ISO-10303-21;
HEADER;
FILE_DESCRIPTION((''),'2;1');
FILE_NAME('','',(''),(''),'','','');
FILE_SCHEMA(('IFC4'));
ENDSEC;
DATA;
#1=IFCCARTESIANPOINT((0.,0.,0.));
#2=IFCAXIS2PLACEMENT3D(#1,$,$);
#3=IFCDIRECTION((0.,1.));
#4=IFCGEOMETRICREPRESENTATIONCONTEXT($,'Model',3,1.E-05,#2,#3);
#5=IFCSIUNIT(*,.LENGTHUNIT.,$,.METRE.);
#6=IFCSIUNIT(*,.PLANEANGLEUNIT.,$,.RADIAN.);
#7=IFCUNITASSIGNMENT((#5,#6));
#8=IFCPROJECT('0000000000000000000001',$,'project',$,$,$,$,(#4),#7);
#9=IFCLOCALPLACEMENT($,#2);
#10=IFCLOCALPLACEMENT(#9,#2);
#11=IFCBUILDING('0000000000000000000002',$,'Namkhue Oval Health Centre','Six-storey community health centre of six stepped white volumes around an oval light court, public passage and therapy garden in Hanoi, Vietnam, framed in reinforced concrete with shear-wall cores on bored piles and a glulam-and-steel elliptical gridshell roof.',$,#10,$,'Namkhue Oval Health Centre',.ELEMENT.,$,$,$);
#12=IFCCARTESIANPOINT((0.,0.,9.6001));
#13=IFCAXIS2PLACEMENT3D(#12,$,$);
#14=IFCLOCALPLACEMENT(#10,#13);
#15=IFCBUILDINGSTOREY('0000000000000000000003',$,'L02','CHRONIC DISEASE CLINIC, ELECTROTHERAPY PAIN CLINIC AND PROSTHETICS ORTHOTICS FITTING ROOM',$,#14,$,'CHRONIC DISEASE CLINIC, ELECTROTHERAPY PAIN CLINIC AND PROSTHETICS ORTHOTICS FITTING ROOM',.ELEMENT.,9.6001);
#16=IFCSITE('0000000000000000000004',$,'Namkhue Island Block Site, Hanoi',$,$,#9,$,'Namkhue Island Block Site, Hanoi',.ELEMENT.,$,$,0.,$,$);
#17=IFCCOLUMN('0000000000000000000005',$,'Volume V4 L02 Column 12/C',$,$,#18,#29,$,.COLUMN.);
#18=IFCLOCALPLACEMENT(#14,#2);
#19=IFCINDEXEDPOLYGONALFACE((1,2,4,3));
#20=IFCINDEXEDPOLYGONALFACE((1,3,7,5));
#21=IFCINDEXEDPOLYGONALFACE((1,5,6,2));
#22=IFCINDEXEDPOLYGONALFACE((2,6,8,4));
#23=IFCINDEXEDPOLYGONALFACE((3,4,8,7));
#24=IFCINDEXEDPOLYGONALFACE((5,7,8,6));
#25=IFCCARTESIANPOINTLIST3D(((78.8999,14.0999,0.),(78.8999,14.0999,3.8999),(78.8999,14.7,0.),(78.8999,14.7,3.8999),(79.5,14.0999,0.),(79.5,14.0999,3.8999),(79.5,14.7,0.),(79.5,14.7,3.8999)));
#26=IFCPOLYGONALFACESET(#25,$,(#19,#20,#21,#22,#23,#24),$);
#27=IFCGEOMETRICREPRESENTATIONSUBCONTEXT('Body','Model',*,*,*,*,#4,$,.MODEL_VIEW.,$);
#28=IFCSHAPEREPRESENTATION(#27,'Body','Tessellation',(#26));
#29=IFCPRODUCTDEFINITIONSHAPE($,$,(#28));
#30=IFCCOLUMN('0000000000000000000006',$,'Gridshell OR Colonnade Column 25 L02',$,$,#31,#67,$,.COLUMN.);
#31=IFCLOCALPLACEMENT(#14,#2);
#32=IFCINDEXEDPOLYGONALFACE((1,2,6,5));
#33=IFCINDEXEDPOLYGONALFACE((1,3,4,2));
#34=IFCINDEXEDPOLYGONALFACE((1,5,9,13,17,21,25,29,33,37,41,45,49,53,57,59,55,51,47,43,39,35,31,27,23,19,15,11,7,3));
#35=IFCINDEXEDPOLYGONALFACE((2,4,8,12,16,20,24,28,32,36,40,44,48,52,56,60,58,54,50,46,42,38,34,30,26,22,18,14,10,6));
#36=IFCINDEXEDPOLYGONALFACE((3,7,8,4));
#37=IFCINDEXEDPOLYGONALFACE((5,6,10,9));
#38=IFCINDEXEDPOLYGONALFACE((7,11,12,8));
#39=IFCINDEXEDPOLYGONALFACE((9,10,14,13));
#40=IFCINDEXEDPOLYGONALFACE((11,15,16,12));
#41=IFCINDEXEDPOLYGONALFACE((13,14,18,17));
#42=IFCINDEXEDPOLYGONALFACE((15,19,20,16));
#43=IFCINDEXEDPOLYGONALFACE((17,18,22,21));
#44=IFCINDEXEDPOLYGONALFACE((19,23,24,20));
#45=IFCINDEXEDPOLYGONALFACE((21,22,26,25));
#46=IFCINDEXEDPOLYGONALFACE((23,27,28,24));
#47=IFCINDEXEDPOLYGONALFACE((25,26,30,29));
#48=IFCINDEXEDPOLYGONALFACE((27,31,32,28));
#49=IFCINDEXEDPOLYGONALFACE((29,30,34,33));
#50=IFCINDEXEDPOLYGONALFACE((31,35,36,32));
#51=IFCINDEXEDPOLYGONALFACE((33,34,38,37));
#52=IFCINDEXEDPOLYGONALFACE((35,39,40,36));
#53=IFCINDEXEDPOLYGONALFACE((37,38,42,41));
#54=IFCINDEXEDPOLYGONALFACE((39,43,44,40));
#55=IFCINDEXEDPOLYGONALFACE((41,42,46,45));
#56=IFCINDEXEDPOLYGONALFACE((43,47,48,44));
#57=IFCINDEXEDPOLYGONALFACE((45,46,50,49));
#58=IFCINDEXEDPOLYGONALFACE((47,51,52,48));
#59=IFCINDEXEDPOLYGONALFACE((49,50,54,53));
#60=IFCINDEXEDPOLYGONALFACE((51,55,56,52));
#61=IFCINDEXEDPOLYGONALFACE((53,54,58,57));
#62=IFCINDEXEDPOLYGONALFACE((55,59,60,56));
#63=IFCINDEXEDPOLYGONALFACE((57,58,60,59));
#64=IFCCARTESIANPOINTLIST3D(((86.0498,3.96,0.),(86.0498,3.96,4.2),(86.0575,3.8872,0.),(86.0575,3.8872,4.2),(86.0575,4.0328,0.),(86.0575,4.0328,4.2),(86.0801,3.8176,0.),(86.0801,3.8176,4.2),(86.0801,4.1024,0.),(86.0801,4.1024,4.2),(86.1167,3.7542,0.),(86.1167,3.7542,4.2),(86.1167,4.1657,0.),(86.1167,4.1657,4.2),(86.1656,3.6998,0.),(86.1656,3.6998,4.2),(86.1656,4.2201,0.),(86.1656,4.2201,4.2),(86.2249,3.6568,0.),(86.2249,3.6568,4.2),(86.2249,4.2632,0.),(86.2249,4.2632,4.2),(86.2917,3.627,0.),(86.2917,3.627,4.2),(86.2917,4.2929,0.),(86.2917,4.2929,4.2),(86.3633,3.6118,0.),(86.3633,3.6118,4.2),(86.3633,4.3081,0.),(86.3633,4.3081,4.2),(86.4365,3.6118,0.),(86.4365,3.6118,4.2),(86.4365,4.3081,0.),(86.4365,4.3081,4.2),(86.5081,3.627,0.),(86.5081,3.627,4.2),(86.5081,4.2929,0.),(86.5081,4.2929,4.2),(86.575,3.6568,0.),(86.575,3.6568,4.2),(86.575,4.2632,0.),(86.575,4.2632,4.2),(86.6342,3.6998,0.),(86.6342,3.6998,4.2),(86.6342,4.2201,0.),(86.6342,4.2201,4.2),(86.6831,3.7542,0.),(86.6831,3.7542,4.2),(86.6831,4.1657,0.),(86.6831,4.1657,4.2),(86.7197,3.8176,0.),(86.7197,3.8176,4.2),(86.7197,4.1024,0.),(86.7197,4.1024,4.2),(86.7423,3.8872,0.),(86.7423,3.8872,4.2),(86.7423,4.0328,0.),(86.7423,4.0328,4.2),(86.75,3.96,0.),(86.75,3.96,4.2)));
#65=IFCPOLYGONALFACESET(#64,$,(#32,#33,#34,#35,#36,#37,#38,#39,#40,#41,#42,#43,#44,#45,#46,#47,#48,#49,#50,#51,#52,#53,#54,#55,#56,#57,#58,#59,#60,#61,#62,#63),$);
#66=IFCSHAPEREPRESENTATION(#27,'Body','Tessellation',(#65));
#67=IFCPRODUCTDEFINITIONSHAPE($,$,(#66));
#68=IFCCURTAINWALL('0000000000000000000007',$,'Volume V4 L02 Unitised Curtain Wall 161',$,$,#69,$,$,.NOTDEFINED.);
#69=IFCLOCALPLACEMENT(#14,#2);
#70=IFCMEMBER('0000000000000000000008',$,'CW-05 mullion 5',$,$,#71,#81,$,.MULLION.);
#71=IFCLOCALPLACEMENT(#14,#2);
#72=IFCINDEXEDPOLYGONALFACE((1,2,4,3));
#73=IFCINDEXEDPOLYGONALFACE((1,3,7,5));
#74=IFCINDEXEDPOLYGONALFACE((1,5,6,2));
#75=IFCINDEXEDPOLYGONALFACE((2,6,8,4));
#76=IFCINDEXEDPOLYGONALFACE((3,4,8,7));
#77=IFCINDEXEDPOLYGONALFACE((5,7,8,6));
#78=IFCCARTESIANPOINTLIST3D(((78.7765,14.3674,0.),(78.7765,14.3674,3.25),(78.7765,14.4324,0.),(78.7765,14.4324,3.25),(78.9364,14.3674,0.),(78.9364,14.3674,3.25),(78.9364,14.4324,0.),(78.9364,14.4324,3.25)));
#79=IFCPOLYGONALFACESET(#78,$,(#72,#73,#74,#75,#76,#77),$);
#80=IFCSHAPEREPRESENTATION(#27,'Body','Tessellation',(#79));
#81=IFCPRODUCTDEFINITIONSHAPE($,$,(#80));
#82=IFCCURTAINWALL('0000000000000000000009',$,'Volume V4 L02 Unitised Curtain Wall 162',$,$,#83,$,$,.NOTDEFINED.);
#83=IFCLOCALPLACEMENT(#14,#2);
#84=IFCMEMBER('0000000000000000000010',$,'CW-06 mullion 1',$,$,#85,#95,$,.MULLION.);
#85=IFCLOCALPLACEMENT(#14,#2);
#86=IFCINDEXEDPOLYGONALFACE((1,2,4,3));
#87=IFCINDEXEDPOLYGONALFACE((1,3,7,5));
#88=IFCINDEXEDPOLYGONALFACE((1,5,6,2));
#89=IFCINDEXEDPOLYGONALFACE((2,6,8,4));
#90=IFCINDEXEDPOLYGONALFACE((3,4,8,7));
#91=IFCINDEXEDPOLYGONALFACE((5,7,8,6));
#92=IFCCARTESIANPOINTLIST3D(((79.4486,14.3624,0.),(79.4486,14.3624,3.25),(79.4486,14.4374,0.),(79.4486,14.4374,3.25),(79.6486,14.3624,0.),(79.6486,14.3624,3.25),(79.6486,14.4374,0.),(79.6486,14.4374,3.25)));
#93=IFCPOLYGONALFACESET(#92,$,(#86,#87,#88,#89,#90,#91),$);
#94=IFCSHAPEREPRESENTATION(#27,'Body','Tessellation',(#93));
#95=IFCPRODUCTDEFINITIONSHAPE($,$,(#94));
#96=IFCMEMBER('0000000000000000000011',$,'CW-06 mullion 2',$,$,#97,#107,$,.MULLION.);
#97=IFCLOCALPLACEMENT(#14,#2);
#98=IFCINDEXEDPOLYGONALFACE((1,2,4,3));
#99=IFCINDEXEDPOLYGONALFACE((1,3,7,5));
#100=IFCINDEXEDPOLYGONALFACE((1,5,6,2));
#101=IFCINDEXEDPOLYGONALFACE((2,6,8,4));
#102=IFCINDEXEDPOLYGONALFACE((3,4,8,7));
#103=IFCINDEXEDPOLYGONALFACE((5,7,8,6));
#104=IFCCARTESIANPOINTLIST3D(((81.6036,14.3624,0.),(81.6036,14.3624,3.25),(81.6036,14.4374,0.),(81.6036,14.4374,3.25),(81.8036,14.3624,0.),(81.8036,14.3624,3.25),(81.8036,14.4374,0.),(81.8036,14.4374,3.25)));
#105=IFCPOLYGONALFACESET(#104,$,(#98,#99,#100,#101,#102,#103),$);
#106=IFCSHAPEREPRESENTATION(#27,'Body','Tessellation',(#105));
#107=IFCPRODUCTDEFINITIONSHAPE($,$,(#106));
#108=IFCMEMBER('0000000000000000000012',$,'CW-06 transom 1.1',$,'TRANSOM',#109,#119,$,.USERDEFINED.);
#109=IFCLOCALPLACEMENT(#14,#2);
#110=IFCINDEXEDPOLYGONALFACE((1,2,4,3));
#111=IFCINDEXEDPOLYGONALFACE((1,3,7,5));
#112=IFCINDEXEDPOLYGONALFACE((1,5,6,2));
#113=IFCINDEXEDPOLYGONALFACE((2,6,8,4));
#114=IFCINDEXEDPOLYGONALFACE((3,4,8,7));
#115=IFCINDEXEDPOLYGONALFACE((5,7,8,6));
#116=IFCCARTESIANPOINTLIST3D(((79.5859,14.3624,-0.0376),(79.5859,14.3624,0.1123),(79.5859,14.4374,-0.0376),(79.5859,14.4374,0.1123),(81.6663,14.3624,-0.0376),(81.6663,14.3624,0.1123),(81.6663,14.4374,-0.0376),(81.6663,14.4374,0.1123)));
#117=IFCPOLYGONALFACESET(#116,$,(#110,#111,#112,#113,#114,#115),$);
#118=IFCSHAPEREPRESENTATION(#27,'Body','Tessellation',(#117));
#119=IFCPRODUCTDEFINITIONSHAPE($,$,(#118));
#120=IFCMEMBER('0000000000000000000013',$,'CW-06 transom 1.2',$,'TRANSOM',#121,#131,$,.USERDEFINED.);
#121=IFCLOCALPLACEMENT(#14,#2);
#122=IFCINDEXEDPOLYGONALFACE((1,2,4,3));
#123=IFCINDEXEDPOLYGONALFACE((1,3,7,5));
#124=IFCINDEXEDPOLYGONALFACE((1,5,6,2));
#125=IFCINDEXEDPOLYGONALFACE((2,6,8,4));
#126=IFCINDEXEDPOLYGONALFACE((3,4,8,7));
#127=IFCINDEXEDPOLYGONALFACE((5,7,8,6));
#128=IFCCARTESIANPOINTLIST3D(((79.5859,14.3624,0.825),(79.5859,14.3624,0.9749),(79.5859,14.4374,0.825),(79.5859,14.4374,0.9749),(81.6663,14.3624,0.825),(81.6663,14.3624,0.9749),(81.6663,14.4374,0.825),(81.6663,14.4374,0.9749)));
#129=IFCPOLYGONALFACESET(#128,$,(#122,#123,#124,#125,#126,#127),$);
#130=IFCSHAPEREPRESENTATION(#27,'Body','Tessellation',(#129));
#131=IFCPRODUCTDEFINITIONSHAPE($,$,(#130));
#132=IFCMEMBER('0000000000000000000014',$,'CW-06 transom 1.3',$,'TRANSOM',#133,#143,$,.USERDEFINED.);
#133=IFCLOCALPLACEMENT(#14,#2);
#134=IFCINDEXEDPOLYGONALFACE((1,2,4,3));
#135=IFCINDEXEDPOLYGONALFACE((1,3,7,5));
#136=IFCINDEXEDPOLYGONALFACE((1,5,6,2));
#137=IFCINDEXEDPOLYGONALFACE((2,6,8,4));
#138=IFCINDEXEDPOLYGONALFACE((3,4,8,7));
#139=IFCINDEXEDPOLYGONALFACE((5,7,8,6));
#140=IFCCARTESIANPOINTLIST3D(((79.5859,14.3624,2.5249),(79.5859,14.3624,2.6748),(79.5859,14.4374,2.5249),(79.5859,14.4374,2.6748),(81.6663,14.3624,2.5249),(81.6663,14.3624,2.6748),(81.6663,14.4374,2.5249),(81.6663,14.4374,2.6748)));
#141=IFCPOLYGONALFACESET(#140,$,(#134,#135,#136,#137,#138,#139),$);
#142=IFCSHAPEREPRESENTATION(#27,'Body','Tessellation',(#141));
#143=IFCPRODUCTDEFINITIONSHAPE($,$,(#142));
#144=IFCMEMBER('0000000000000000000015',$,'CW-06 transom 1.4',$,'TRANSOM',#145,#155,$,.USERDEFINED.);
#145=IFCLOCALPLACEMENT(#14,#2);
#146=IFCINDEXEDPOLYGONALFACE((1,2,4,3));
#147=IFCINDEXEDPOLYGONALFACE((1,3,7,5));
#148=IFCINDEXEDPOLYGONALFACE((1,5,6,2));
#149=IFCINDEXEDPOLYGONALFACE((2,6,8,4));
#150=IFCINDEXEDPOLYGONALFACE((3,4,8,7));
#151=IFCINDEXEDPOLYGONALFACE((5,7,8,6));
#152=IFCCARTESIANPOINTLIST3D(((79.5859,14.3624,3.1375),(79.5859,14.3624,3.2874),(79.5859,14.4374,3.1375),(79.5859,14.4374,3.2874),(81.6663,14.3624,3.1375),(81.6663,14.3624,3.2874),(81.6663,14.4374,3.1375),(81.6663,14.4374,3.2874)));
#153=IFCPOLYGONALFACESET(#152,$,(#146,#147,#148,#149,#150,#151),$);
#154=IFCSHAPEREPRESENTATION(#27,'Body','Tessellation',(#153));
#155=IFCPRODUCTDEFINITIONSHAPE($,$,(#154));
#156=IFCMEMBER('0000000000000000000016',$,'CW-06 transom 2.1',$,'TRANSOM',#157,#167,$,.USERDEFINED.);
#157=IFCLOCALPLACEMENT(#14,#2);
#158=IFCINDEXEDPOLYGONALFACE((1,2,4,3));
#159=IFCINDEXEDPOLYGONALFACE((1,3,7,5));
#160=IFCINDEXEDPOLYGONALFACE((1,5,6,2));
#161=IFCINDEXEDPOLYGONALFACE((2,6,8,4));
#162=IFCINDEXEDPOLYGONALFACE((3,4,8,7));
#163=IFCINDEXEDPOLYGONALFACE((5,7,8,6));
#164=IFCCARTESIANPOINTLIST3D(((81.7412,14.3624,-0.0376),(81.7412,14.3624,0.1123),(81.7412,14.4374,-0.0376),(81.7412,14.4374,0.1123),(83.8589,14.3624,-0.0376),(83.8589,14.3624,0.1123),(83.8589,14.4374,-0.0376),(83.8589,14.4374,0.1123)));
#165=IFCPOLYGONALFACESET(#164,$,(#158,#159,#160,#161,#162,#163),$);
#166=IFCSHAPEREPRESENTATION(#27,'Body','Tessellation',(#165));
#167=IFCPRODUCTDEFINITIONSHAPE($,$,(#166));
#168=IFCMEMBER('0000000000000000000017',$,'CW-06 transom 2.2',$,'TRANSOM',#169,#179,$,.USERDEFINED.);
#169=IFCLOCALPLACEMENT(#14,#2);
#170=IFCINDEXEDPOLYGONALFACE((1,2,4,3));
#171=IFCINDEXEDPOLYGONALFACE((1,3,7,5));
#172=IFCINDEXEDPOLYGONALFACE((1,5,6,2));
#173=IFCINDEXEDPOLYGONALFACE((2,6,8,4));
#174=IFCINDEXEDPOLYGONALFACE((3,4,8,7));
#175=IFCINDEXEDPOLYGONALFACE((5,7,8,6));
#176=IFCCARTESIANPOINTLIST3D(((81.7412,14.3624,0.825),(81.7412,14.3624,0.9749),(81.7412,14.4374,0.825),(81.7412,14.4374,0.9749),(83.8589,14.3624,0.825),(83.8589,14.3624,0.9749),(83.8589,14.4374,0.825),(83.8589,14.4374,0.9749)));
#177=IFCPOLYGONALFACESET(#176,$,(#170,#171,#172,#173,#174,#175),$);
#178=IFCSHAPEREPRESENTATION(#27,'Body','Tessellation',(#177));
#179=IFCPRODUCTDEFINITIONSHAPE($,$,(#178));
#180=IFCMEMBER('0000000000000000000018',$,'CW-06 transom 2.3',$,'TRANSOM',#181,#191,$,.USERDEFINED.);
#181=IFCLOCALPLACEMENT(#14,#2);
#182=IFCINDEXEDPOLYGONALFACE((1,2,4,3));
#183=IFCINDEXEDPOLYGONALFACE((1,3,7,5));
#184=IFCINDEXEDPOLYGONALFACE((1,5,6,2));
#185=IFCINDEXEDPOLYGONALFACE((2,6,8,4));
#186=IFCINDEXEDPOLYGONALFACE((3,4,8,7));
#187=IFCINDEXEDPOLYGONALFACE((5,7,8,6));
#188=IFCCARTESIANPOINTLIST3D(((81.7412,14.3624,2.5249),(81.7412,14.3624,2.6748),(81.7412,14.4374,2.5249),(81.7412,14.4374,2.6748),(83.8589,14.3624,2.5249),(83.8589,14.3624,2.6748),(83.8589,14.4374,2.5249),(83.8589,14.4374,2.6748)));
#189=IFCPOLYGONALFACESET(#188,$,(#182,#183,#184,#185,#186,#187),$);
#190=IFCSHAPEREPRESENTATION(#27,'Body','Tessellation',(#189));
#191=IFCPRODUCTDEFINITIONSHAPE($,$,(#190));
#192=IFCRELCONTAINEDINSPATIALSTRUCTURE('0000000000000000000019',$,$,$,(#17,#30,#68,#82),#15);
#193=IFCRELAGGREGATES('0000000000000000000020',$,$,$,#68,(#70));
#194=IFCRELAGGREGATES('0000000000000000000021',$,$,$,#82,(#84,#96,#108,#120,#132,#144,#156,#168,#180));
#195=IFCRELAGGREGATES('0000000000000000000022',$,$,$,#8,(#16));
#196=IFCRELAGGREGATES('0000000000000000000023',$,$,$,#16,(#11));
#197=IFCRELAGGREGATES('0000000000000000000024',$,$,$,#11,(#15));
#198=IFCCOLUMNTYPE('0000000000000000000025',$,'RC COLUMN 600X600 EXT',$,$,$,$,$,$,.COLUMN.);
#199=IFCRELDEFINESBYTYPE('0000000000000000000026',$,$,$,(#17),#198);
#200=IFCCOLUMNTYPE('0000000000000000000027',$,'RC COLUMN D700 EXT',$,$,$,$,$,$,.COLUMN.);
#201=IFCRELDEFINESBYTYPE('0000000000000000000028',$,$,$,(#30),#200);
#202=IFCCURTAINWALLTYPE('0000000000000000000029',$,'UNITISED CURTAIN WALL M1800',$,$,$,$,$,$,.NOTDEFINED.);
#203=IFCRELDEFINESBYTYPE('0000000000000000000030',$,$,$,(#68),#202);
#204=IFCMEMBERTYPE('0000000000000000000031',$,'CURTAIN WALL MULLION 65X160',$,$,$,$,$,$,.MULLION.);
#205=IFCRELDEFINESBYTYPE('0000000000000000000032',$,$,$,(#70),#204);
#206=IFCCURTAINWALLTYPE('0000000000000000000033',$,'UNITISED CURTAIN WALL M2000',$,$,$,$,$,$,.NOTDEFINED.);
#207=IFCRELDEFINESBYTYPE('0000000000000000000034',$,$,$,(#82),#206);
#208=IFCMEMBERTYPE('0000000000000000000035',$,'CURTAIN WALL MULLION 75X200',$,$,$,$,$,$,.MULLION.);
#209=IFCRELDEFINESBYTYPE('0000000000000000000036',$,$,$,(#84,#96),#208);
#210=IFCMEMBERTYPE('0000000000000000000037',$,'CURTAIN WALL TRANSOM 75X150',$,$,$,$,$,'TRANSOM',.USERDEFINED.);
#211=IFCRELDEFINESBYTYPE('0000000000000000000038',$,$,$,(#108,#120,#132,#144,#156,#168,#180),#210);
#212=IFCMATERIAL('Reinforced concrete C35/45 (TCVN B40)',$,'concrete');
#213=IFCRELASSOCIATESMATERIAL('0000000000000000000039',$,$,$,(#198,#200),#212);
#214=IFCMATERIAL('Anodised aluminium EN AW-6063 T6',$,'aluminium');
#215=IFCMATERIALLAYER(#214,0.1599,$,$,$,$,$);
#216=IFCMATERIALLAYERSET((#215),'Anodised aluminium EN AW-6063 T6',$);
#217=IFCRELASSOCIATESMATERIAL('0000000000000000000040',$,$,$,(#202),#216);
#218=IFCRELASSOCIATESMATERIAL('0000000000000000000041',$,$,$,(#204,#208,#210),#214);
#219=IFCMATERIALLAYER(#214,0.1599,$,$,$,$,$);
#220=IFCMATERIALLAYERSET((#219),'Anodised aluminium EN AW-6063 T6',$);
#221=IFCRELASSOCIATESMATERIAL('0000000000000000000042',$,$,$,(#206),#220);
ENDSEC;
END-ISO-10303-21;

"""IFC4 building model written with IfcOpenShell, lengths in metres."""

from ifc_helpers import new_model, si_unit, direction, frame, origin, origin_2d, place, context, subcontext, project, spatial, rectangle, circle, extrude, material, layer, layer_set, material_profile, profile_set, type_object, element, aggregate, save


model = new_model("IFC4")

# Units and contexts
model_context = context("Model", 3, precision=1e-05, world=origin(), true_north=direction((0.0, 1.0)))
body_context = subcontext(model_context, "Body", "Model", "MODEL_VIEW")
ifc_project = project(units=[si_unit("LENGTHUNIT", "METRE"), si_unit("PLANEANGLEUNIT", "RADIAN")], contexts=[model_context])

# Site, building, storey
site_placement = place(None, origin())
site = spatial("IfcSite", under=ifc_project, at=site_placement, Name="Namkhue Island Block Site, Hanoi", LongName="Namkhue Island Block Site, Hanoi", CompositionType="ELEMENT", RefElevation=0.0)
building_placement = place(site_placement, origin())
building = spatial("IfcBuilding", under=site, at=building_placement, Name="Namkhue Oval Health Centre", Description="Six-storey community health centre of six stepped white volumes around an oval light court, public passage and therapy garden in Hanoi, Vietnam, framed in reinforced concrete with shear-wall cores on bored piles and a glulam-and-steel elliptical gridshell roof.", LongName="Namkhue Oval Health Centre", CompositionType="ELEMENT")
storey_placement = place(building_placement, frame((0.0, 0.0, 9.6001)))
storey = spatial("IfcBuildingStorey", under=building, at=storey_placement, Name="L02", Description="CHRONIC DISEASE CLINIC, ELECTROTHERAPY PAIN CLINIC AND PROSTHETICS ORTHOTICS FITTING ROOM", LongName="CHRONIC DISEASE CLINIC, ELECTROTHERAPY PAIN CLINIC AND PROSTHETICS ORTHOTICS FITTING ROOM", CompositionType="ELEMENT", Elevation=9.6001)

# Columns
ifc_material_1 = material(Name="Reinforced concrete C35/45 (TCVN B40)", Category="concrete")
ifc_material_profile_1 = material_profile(ifc_material_1, rectangle(XDim=0.6001, YDim=0.6001, at=origin_2d()), Name="RC 600x600")
ifc_profile_set_1 = profile_set([ifc_material_profile_1], Name="Reinforced concrete C35/45 (TCVN B40)")
column_type_1 = type_object("IfcColumnType", Name="RC COLUMN 600X600 EXT", PredefinedType="COLUMN", material=ifc_profile_set_1)
column_1_placement = place(storey_placement, frame((79.2, 14.3999, 0.0), z_axis=(0.0, 0.0, 1.0), x_axis=(1.0, 0.0, 0.0)))
element("IfcColumn", 1, at=column_1_placement, inside=storey, type_object=column_type_1, Name="Volume V4 L02 Column 12/C", PredefinedType="COLUMN", context=body_context, shape_type="SweptSolid", body=[
    extrude(rectangle(XDim=0.6001, YDim=0.6001, at=origin_2d()), origin(), (0.0, 0.0, 1.0), 3.8999),
])
ifc_material_profile_2 = material_profile(ifc_material_1, circle(Radius=0.3501, at=origin_2d()), Name="RC D700")
ifc_profile_set_2 = profile_set([ifc_material_profile_2], Name="Reinforced concrete C35/45 (TCVN B40)")
column_type_2 = type_object("IfcColumnType", Name="RC COLUMN D700 EXT", PredefinedType="COLUMN", material=ifc_profile_set_2)
column_2_placement = place(storey_placement, frame((86.3999, 3.96, 0.0), z_axis=(0.0, 0.0, 1.0), x_axis=(1.0, 0.0, 0.0)))
element("IfcColumn", 2, at=column_2_placement, inside=storey, type_object=column_type_2, Name="Gridshell OR Colonnade Column 25 L02", PredefinedType="COLUMN", context=body_context, shape_type="SweptSolid", body=[
    extrude(circle(Radius=0.3501, at=origin_2d()), origin(), (0.0, 0.0, 1.0), 4.2),
])

# Curtain wall, member
ifc_material_2 = material(Name="Anodised aluminium EN AW-6063 T6", Category="aluminium")
ifc_layer_1 = layer(ifc_material_2, 0.1599)
ifc_layer_set_1 = layer_set([ifc_layer_1], Name="Anodised aluminium EN AW-6063 T6")
curtain_wall_type_1 = type_object("IfcCurtainWallType", Name="UNITISED CURTAIN WALL M1800", PredefinedType="NOTDEFINED", material=ifc_layer_set_1)
curtain_wall_1_placement = place(storey_placement, origin())
curtain_wall_1 = element("IfcCurtainWall", 3, at=curtain_wall_1_placement, inside=storey, type_object=curtain_wall_type_1, Name="Volume V4 L02 Unitised Curtain Wall 161", PredefinedType="NOTDEFINED")
ifc_material_profile_3 = material_profile(ifc_material_2, rectangle(XDim=0.0649, YDim=0.1599, at=origin_2d()), Name="ALU 65x160")
ifc_profile_set_3 = profile_set([ifc_material_profile_3], Name="Anodised aluminium EN AW-6063 T6")
member_type_1 = type_object("IfcMemberType", Name="CURTAIN WALL MULLION 65X160", PredefinedType="MULLION", material=ifc_profile_set_3)
member_1_placement = place(storey_placement, frame((78.8564, 14.3999, 0.0), z_axis=(0.0, 0.0, 1.0), x_axis=(0.0, 1.0, 0.0)))
member_1 = element("IfcMember", 4, at=member_1_placement, type_object=member_type_1, Name="CW-05 mullion 5", PredefinedType="MULLION", context=body_context, shape_type="SweptSolid", body=[
    extrude(rectangle(XDim=0.0649, YDim=0.1599, at=origin_2d()), origin(), (0.0, 0.0, 1.0), 3.25),
])

# Curtain wall, members
ifc_layer_2 = layer(ifc_material_2, 0.1599)
ifc_layer_set_2 = layer_set([ifc_layer_2], Name="Anodised aluminium EN AW-6063 T6")
curtain_wall_type_2 = type_object("IfcCurtainWallType", Name="UNITISED CURTAIN WALL M2000", PredefinedType="NOTDEFINED", material=ifc_layer_set_2)
curtain_wall_2_placement = place(storey_placement, origin())
curtain_wall_2 = element("IfcCurtainWall", 5, at=curtain_wall_2_placement, inside=storey, type_object=curtain_wall_type_2, Name="Volume V4 L02 Unitised Curtain Wall 162", PredefinedType="NOTDEFINED")
ifc_material_profile_4 = material_profile(ifc_material_2, rectangle(XDim=0.075, YDim=0.2, at=origin_2d()), Name="ALU 75x200")
ifc_profile_set_4 = profile_set([ifc_material_profile_4], Name="Anodised aluminium EN AW-6063 T6")
member_type_2 = type_object("IfcMemberType", Name="CURTAIN WALL MULLION 75X200", PredefinedType="MULLION", material=ifc_profile_set_4)
member_2_placement = place(storey_placement, frame((79.5486, 14.3999, 0.0), z_axis=(0.0, 0.0, 1.0), x_axis=(0.0, 1.0, 0.0)))
member_2 = element("IfcMember", 6, at=member_2_placement, type_object=member_type_2, Name="CW-06 mullion 1", PredefinedType="MULLION", context=body_context, shape_type="SweptSolid", body=[
    extrude(rectangle(XDim=0.075, YDim=0.2, at=origin_2d()), origin(), (0.0, 0.0, 1.0), 3.25),
])
member_3_placement = place(storey_placement, frame((81.7036, 14.3999, 0.0), z_axis=(0.0, 0.0, 1.0), x_axis=(0.0, 1.0, 0.0)))
member_3 = element("IfcMember", 7, at=member_3_placement, type_object=member_type_2, Name="CW-06 mullion 2", PredefinedType="MULLION", context=body_context, shape_type="SweptSolid", body=[
    extrude(rectangle(XDim=0.075, YDim=0.2, at=origin_2d()), origin(), (0.0, 0.0, 1.0), 3.25),
])
ifc_material_profile_5 = material_profile(ifc_material_2, rectangle(XDim=0.075, YDim=0.1499, at=origin_2d()), Name="ALU 75x150")
ifc_profile_set_5 = profile_set([ifc_material_profile_5], Name="Anodised aluminium EN AW-6063 T6")
member_type_3 = type_object("IfcMemberType", Name="CURTAIN WALL TRANSOM 75X150", ElementType="TRANSOM", PredefinedType="USERDEFINED", material=ifc_profile_set_5)
member_4_placement = place(storey_placement, frame((79.5859, 14.3999, 0.0374), z_axis=(1.0, 0.0, 0.0), x_axis=(0.0, 1.0, 0.0)))
member_4 = element("IfcMember", 8, at=member_4_placement, type_object=member_type_3, Name="CW-06 transom 1.1", ObjectType="TRANSOM", PredefinedType="USERDEFINED", context=body_context, shape_type="SweptSolid", body=[
    extrude(rectangle(XDim=0.075, YDim=0.1499, at=origin_2d()), origin(), (0.0, 0.0, 1.0), 2.0803),
])
member_5_placement = place(storey_placement, frame((79.5859, 14.3999, 0.8999), z_axis=(1.0, 0.0, 0.0), x_axis=(0.0, 1.0, 0.0)))
member_5 = element("IfcMember", 9, at=member_5_placement, type_object=member_type_3, Name="CW-06 transom 1.2", ObjectType="TRANSOM", PredefinedType="USERDEFINED", context=body_context, shape_type="SweptSolid", body=[
    extrude(rectangle(XDim=0.075, YDim=0.1499, at=origin_2d()), origin(), (0.0, 0.0, 1.0), 2.0803),
])
member_6_placement = place(storey_placement, frame((79.5859, 14.3999, 2.5999), z_axis=(1.0, 0.0, 0.0), x_axis=(0.0, 1.0, 0.0)))
member_6 = element("IfcMember", 10, at=member_6_placement, type_object=member_type_3, Name="CW-06 transom 1.3", ObjectType="TRANSOM", PredefinedType="USERDEFINED", context=body_context, shape_type="SweptSolid", body=[
    extrude(rectangle(XDim=0.075, YDim=0.1499, at=origin_2d()), origin(), (0.0, 0.0, 1.0), 2.0803),
])
member_7_placement = place(storey_placement, frame((79.5859, 14.3999, 3.2124), z_axis=(1.0, 0.0, 0.0), x_axis=(0.0, 1.0, 0.0)))
member_7 = element("IfcMember", 11, at=member_7_placement, type_object=member_type_3, Name="CW-06 transom 1.4", ObjectType="TRANSOM", PredefinedType="USERDEFINED", context=body_context, shape_type="SweptSolid", body=[
    extrude(rectangle(XDim=0.075, YDim=0.1499, at=origin_2d()), origin(), (0.0, 0.0, 1.0), 2.0803),
])
member_8_placement = place(storey_placement, frame((81.7412, 14.3999, 0.0374), z_axis=(1.0, 0.0, 0.0), x_axis=(0.0, 1.0, 0.0)))
member_8 = element("IfcMember", 12, at=member_8_placement, type_object=member_type_3, Name="CW-06 transom 2.1", ObjectType="TRANSOM", PredefinedType="USERDEFINED", context=body_context, shape_type="SweptSolid", body=[
    extrude(rectangle(XDim=0.075, YDim=0.1499, at=origin_2d()), origin(), (0.0, 0.0, 1.0), 2.1177),
])
member_9_placement = place(storey_placement, frame((81.7412, 14.3999, 0.8999), z_axis=(1.0, 0.0, 0.0), x_axis=(0.0, 1.0, 0.0)))
member_9 = element("IfcMember", 13, at=member_9_placement, type_object=member_type_3, Name="CW-06 transom 2.2", ObjectType="TRANSOM", PredefinedType="USERDEFINED", context=body_context, shape_type="SweptSolid", body=[
    extrude(rectangle(XDim=0.075, YDim=0.1499, at=origin_2d()), origin(), (0.0, 0.0, 1.0), 2.1177),
])
member_10_placement = place(storey_placement, frame((81.7412, 14.3999, 2.5999), z_axis=(1.0, 0.0, 0.0), x_axis=(0.0, 1.0, 0.0)))
member_10 = element("IfcMember", 14, at=member_10_placement, type_object=member_type_3, Name="CW-06 transom 2.3", ObjectType="TRANSOM", PredefinedType="USERDEFINED", context=body_context, shape_type="SweptSolid", body=[
    extrude(rectangle(XDim=0.075, YDim=0.1499, at=origin_2d()), origin(), (0.0, 0.0, 1.0), 2.1177),
])

aggregate(curtain_wall_1, [member_1])
aggregate(curtain_wall_2, [member_2, member_3, member_4, member_5, member_6, member_7, member_8, member_9, member_10])

save(model, "model.ifc")
